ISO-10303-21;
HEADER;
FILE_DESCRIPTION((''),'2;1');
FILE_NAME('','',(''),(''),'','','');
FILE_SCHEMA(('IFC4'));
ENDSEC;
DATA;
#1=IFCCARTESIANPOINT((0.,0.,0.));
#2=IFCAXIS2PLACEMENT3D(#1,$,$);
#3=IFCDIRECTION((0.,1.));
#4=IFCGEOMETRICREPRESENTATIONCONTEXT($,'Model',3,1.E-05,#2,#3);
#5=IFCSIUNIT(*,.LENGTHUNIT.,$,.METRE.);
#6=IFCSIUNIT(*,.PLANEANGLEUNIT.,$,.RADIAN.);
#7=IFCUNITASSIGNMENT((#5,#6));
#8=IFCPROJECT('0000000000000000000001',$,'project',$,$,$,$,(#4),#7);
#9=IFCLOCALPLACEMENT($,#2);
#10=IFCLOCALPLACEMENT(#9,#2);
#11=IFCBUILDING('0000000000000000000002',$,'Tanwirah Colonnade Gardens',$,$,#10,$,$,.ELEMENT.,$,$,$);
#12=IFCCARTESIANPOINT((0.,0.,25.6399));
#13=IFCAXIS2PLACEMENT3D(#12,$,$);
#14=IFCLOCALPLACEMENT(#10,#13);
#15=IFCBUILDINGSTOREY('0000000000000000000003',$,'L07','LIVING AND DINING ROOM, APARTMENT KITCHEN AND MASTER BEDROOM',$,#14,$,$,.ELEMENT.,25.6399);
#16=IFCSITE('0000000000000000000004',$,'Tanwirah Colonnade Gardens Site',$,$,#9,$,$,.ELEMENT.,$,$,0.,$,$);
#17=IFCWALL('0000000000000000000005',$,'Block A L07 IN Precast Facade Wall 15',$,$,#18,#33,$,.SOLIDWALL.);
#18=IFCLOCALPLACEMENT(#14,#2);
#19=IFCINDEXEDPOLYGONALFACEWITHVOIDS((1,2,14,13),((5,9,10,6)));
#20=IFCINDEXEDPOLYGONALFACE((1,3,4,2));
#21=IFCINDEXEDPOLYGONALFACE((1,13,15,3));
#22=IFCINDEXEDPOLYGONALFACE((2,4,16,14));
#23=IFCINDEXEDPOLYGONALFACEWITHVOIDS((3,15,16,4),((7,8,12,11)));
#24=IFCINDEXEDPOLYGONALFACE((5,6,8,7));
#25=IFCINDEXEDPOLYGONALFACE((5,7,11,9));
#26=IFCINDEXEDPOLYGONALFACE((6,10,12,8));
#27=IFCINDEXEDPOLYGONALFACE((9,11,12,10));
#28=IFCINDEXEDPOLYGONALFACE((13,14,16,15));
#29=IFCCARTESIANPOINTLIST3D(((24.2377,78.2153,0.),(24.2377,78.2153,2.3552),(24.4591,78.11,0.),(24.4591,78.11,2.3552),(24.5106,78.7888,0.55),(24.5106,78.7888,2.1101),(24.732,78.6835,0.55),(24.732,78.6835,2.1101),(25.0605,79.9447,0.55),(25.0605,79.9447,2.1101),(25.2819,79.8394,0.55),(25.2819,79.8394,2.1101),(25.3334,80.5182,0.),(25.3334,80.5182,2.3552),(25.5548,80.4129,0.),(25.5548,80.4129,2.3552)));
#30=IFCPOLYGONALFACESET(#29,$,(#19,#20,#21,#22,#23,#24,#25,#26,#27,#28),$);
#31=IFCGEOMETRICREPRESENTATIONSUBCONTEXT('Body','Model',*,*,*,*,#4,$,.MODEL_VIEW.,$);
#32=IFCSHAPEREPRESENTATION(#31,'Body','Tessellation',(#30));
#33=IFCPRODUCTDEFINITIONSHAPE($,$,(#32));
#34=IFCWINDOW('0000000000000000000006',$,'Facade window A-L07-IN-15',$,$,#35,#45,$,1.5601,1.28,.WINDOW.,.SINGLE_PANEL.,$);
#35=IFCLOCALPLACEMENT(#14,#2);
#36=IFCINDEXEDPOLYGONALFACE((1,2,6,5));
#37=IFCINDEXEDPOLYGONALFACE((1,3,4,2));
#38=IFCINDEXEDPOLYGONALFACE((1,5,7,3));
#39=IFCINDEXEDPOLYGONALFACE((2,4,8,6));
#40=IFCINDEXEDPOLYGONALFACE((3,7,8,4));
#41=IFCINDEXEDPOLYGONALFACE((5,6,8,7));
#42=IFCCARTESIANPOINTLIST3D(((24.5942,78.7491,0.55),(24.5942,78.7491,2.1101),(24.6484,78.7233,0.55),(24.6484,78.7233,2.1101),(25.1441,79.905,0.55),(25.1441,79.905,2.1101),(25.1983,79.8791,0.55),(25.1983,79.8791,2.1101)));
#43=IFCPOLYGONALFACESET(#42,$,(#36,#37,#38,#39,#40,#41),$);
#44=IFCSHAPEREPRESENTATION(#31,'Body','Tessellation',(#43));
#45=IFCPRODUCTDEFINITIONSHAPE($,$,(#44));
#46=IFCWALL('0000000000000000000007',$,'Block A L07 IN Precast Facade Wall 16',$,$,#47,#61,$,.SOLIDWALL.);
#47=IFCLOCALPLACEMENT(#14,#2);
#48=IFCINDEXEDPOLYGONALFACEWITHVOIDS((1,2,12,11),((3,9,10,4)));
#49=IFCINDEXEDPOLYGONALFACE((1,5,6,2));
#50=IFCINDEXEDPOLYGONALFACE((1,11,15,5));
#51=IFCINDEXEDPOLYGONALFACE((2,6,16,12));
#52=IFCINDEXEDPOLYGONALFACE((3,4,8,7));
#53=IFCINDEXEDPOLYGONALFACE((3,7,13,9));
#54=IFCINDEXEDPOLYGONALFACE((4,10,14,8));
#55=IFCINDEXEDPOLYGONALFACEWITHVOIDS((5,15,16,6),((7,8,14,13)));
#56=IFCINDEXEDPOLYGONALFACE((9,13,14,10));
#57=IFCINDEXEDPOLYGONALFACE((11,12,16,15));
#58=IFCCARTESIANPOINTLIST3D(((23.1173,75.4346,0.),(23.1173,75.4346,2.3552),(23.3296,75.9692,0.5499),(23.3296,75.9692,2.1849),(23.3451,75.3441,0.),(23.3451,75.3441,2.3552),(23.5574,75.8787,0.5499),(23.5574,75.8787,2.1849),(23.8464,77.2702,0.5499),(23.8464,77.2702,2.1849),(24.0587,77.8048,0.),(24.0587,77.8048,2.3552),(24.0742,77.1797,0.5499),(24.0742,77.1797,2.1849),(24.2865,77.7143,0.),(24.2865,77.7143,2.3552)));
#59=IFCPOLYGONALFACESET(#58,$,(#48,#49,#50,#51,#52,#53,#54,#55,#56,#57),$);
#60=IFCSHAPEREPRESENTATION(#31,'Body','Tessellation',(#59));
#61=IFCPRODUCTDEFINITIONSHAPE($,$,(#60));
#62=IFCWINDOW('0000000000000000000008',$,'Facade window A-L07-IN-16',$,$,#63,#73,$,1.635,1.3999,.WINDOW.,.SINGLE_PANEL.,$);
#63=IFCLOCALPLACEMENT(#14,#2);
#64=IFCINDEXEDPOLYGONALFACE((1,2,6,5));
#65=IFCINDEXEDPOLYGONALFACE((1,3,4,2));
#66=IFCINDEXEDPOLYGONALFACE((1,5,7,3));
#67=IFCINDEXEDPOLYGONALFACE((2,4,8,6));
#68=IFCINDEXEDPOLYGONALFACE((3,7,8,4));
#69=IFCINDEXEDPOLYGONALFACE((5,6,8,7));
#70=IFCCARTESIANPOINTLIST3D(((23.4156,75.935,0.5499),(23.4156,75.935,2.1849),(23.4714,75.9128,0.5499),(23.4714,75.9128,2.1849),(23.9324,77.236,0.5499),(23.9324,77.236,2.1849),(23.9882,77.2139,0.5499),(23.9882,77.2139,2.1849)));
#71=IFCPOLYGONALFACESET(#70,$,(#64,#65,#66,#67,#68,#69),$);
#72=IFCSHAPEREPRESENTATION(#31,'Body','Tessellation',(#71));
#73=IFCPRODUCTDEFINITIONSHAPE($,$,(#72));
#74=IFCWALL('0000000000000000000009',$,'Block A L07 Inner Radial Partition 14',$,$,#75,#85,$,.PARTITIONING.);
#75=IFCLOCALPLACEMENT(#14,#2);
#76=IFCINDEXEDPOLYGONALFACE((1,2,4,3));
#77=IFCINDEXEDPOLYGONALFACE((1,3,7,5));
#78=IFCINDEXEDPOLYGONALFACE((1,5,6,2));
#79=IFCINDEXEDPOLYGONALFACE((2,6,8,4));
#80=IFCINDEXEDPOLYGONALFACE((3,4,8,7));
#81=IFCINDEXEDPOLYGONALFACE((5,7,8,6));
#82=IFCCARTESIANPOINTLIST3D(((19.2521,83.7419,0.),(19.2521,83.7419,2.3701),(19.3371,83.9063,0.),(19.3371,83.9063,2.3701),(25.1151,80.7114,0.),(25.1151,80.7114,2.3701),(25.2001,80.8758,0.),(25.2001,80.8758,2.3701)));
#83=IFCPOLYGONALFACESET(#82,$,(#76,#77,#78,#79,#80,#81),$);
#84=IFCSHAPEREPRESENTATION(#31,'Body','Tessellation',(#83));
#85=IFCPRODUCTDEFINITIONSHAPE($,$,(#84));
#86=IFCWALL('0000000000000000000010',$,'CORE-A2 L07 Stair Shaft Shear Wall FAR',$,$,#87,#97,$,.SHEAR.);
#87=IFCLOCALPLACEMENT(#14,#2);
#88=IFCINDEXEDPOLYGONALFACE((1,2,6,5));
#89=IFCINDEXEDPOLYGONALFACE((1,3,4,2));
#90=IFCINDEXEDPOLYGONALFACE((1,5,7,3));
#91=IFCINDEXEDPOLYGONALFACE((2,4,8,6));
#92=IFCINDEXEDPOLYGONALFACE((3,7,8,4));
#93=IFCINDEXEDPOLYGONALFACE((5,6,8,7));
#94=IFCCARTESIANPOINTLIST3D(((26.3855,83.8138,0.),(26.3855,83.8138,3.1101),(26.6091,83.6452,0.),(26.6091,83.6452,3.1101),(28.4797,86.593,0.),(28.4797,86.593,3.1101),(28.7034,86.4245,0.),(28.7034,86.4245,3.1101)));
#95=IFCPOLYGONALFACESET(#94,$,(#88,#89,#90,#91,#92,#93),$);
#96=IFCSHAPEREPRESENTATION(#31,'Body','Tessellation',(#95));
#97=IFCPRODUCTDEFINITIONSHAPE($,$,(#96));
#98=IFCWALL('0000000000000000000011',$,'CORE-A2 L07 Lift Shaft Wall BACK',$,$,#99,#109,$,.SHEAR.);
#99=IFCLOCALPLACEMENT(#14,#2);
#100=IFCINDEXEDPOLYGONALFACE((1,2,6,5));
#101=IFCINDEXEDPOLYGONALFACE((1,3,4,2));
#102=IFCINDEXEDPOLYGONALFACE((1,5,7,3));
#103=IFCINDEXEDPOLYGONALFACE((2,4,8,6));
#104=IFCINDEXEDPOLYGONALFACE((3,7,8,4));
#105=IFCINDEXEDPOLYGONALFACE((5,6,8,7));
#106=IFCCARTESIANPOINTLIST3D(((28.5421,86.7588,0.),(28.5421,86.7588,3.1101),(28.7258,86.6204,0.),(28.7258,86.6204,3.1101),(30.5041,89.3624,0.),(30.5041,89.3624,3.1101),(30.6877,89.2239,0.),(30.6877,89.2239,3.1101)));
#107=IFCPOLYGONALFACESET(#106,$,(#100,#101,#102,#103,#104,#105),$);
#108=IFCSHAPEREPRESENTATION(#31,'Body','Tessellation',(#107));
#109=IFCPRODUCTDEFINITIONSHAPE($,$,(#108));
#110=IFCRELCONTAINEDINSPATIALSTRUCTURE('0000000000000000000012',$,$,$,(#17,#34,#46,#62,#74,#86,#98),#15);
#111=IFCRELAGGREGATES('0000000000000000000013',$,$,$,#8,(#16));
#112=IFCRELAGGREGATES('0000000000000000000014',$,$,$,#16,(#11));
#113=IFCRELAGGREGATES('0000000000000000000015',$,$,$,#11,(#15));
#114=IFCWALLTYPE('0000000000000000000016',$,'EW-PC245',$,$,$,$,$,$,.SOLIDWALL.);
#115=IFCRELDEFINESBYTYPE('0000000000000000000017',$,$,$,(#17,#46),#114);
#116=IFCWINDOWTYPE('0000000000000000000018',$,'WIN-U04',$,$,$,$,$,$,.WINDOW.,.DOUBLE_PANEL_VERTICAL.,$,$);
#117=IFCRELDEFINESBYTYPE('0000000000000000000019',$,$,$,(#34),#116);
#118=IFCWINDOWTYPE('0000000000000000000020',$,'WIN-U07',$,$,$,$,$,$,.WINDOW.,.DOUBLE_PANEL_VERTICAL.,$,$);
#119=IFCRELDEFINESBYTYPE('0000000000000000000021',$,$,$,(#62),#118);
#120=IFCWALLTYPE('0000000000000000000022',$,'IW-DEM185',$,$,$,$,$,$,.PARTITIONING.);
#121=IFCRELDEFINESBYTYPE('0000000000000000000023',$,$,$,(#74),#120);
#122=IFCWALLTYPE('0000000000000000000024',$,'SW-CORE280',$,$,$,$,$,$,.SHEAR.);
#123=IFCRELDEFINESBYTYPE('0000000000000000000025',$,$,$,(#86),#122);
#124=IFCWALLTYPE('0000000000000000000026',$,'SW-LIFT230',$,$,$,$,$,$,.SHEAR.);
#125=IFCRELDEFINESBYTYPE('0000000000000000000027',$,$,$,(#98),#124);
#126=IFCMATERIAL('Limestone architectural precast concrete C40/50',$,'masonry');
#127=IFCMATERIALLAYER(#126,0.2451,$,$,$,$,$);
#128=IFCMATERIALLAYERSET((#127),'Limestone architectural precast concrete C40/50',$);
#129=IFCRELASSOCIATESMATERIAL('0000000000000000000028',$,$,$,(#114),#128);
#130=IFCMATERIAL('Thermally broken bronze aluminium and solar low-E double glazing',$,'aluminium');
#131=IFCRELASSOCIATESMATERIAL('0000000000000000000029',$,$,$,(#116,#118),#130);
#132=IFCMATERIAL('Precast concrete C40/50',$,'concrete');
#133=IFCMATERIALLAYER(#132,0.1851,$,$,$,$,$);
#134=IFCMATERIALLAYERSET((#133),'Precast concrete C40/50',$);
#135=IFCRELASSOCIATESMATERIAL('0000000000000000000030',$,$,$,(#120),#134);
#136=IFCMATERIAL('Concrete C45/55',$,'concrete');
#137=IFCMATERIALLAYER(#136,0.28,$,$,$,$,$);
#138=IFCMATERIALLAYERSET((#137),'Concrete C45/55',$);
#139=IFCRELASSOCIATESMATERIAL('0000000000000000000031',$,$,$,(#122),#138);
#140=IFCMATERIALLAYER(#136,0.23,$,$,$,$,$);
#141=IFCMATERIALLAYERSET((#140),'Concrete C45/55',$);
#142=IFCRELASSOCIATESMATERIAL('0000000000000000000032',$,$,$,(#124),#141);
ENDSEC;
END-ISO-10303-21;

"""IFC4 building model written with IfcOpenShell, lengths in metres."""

from ifc_helpers import new_model, si_unit, direction, frame, frame_2d, origin, place, context, subcontext, project, spatial, rectangle, extrude, material, layer, layer_set, type_object, element, fill, save


model = new_model("IFC4")

# Units and contexts
model_context = context("Model", 3, precision=1e-05, world=origin(), true_north=direction((0.0, 1.0)))
body_context = subcontext(model_context, "Body", "Model", "MODEL_VIEW")
ifc_project = project(units=[si_unit("LENGTHUNIT", "METRE"), si_unit("PLANEANGLEUNIT", "RADIAN")], contexts=[model_context])

# Site, building, storey
site_placement = place(None, origin())
site = spatial("IfcSite", under=ifc_project, at=site_placement, Name="Tanwirah Colonnade Gardens Site", CompositionType="ELEMENT", RefElevation=0.0)
building_placement = place(site_placement, origin())
building = spatial("IfcBuilding", under=site, at=building_placement, Name="Tanwirah Colonnade Gardens", CompositionType="ELEMENT")
storey_placement = place(building_placement, frame((0.0, 0.0, 25.6399)))
storey = spatial("IfcBuildingStorey", under=building, at=storey_placement, Name="L07", Description="LIVING AND DINING ROOM, APARTMENT KITCHEN AND MASTER BEDROOM", CompositionType="ELEMENT", Elevation=25.6399)

# Shared definitions
ifc_material_1 = material(Name="Precast concrete C40/50", Category="concrete")

# Walls, openings, windows
ifc_material_2 = material(Name="Limestone architectural precast concrete C40/50", Category="masonry")
ifc_layer_1 = layer(ifc_material_2, 0.2451)
ifc_layer_set_1 = layer_set([ifc_layer_1], Name="Limestone architectural precast concrete C40/50")
wall_type_1 = type_object("IfcWallType", Name="EW-PC245", PredefinedType="SOLIDWALL", material=ifc_layer_set_1)
wall_1_placement = place(storey_placement, frame((25.4441, 80.4656, 0.0), z_axis=(0.0, 0.0, 1.0), x_axis=(-0.429629, -0.903006, 0.0)))
wall_1 = element("IfcWall", 1, at=wall_1_placement, inside=storey, type_object=wall_type_1, Name="Block A L07 IN Precast Facade Wall 15", PredefinedType="SOLIDWALL", context=body_context, shape_type="SweptSolid", body=[
    extrude(rectangle(XDim=2.5503, YDim=0.2451, at=frame_2d((1.2751, 0.0))), origin(), (0.0, 0.0, 1.0), 2.3552),
])
opening_1_placement = place(wall_1_placement, frame((0.635, 0.0, 0.55)))
opening_1 = element("IfcOpeningElement", 2, at=opening_1_placement, cuts=wall_1, PredefinedType="OPENING", context=body_context, shape_type="SweptSolid", body=[
    extrude(rectangle(XDim=1.28, YDim=1.5601, at=frame_2d((0.6401, 0.78))), frame((0.0, 0.1326, 0.0), z_axis=(0.0, -1.0, 0.0), x_axis=(1.0, 0.0, 0.0)), (0.0, 0.0, 1.0), 0.2651),
])
ifc_material_3 = material(Name="Thermally broken bronze aluminium and solar low-E double glazing", Category="aluminium")
window_type_1 = type_object("IfcWindowType", Name="WIN-U04", PartitioningType="DOUBLE_PANEL_VERTICAL", PredefinedType="WINDOW", material=ifc_material_3)
window_1_placement = place(opening_1_placement, origin())
window_1 = element("IfcWindow", 3, at=window_1_placement, inside=storey, type_object=window_type_1, Name="Facade window A-L07-IN-15", OverallHeight=1.5601, OverallWidth=1.28, PartitioningType="SINGLE_PANEL", PredefinedType="WINDOW", context=body_context, shape_type="SweptSolid", body=[
    extrude(rectangle(XDim=1.28, YDim=1.5601, at=frame_2d((0.6401, 0.78))), frame((0.0, 0.03, 0.0), z_axis=(0.0, -1.0, 0.0), x_axis=(1.0, 0.0, 0.0)), (0.0, 0.0, 1.0), 0.0601),
])
fill(opening_1, window_1)
wall_2_placement = place(storey_placement, frame((24.1726, 77.7595, 0.0), z_axis=(0.0, 0.0, 1.0), x_axis=(-0.369145, -0.929372, 0.0)))
wall_2 = element("IfcWall", 4, at=wall_2_placement, inside=storey, type_object=wall_type_1, Name="Block A L07 IN Precast Facade Wall 16", PredefinedType="SOLIDWALL", context=body_context, shape_type="SweptSolid", body=[
    extrude(rectangle(XDim=2.5503, YDim=0.2451, at=frame_2d((1.2751, 0.0))), origin(), (0.0, 0.0, 1.0), 2.3552),
])
opening_2_placement = place(wall_2_placement, frame((0.5752, 0.0, 0.55)))
opening_2 = element("IfcOpeningElement", 5, at=opening_2_placement, cuts=wall_2, PredefinedType="OPENING", context=body_context, shape_type="SweptSolid", body=[
    extrude(rectangle(XDim=1.3999, YDim=1.635, at=frame_2d((0.7, 0.8174))), frame((0.0, 0.1326, 0.0), z_axis=(0.0, -1.0, 0.0), x_axis=(1.0, 0.0, 0.0)), (0.0, 0.0, 1.0), 0.2651),
])
window_type_2 = type_object("IfcWindowType", Name="WIN-U07", PartitioningType="DOUBLE_PANEL_VERTICAL", PredefinedType="WINDOW", material=ifc_material_3)
window_2_placement = place(opening_2_placement, origin())
window_2 = element("IfcWindow", 6, at=window_2_placement, inside=storey, type_object=window_type_2, Name="Facade window A-L07-IN-16", OverallHeight=1.635, OverallWidth=1.3999, PartitioningType="SINGLE_PANEL", PredefinedType="WINDOW", context=body_context, shape_type="SweptSolid", body=[
    extrude(rectangle(XDim=1.3999, YDim=1.635, at=frame_2d((0.7, 0.8174))), frame((0.0, 0.03, 0.0), z_axis=(0.0, -1.0, 0.0), x_axis=(1.0, 0.0, 0.0)), (0.0, 0.0, 1.0), 0.0601),
])
fill(opening_2, window_2)

# Walls
ifc_layer_2 = layer(ifc_material_1, 0.1851)
ifc_layer_set_2 = layer_set([ifc_layer_2], Name="Precast concrete C40/50")
wall_type_2 = type_object("IfcWallType", Name="IW-DEM185", PredefinedType="PARTITIONING", material=ifc_layer_set_2)
wall_3_placement = place(storey_placement, frame((25.1575, 80.7937, 0.0), z_axis=(0.0, 0.0, 1.0), x_axis=(-0.888347, 0.459173, 0.0)))
element("IfcWall", 7, at=wall_3_placement, inside=storey, type_object=wall_type_2, Name="Block A L07 Inner Radial Partition 14", PredefinedType="PARTITIONING", context=body_context, shape_type="SweptSolid", body=[
    extrude(rectangle(XDim=6.5999, YDim=0.1851, at=frame_2d((3.2998, 0.0))), origin(), (0.0, 0.0, 1.0), 2.3701),
])
ifc_material_4 = material(Name="Concrete C45/55", Category="concrete")
ifc_layer_3 = layer(ifc_material_4, 0.28)
ifc_layer_set_3 = layer_set([ifc_layer_3], Name="Concrete C45/55")
wall_type_3 = type_object("IfcWallType", Name="SW-CORE280", PredefinedType="SHEAR", material=ifc_layer_set_3)
wall_4_placement = place(storey_placement, frame((26.4973, 83.7295, 0.0), z_axis=(0.0, 0.0, 1.0), x_axis=(0.601794, 0.798651, 0.0)))
element("IfcWall", 8, at=wall_4_placement, inside=storey, type_object=wall_type_3, Name="CORE-A2 L07 Stair Shaft Shear Wall FAR", PredefinedType="SHEAR", context=body_context, shape_type="SweptSolid", body=[
    extrude(rectangle(XDim=3.48, YDim=0.28, at=frame_2d((1.74, 0.0))), origin(), (0.0, 0.0, 1.0), 3.1101),
])
ifc_layer_4 = layer(ifc_material_4, 0.23)
ifc_layer_set_4 = layer_set([ifc_layer_4], Name="Concrete C45/55")
wall_type_4 = type_object("IfcWallType", Name="SW-LIFT230", PredefinedType="SHEAR", material=ifc_layer_set_4)
wall_5_placement = place(storey_placement, frame((28.634, 86.6897, 0.0), z_axis=(0.0, 0.0, 1.0), x_axis=(0.60182, 0.798632, 0.0)))
element("IfcWall", 9, at=wall_5_placement, inside=storey, type_object=wall_type_4, Name="CORE-A2 L07 Lift Shaft Wall BACK", PredefinedType="SHEAR", context=body_context, shape_type="SweptSolid", body=[
    extrude(rectangle(XDim=3.26, YDim=0.23, at=frame_2d((1.6299, 0.0))), origin(), (0.0, 0.0, 1.0), 3.1101),
])

save(model, "model.ifc")
